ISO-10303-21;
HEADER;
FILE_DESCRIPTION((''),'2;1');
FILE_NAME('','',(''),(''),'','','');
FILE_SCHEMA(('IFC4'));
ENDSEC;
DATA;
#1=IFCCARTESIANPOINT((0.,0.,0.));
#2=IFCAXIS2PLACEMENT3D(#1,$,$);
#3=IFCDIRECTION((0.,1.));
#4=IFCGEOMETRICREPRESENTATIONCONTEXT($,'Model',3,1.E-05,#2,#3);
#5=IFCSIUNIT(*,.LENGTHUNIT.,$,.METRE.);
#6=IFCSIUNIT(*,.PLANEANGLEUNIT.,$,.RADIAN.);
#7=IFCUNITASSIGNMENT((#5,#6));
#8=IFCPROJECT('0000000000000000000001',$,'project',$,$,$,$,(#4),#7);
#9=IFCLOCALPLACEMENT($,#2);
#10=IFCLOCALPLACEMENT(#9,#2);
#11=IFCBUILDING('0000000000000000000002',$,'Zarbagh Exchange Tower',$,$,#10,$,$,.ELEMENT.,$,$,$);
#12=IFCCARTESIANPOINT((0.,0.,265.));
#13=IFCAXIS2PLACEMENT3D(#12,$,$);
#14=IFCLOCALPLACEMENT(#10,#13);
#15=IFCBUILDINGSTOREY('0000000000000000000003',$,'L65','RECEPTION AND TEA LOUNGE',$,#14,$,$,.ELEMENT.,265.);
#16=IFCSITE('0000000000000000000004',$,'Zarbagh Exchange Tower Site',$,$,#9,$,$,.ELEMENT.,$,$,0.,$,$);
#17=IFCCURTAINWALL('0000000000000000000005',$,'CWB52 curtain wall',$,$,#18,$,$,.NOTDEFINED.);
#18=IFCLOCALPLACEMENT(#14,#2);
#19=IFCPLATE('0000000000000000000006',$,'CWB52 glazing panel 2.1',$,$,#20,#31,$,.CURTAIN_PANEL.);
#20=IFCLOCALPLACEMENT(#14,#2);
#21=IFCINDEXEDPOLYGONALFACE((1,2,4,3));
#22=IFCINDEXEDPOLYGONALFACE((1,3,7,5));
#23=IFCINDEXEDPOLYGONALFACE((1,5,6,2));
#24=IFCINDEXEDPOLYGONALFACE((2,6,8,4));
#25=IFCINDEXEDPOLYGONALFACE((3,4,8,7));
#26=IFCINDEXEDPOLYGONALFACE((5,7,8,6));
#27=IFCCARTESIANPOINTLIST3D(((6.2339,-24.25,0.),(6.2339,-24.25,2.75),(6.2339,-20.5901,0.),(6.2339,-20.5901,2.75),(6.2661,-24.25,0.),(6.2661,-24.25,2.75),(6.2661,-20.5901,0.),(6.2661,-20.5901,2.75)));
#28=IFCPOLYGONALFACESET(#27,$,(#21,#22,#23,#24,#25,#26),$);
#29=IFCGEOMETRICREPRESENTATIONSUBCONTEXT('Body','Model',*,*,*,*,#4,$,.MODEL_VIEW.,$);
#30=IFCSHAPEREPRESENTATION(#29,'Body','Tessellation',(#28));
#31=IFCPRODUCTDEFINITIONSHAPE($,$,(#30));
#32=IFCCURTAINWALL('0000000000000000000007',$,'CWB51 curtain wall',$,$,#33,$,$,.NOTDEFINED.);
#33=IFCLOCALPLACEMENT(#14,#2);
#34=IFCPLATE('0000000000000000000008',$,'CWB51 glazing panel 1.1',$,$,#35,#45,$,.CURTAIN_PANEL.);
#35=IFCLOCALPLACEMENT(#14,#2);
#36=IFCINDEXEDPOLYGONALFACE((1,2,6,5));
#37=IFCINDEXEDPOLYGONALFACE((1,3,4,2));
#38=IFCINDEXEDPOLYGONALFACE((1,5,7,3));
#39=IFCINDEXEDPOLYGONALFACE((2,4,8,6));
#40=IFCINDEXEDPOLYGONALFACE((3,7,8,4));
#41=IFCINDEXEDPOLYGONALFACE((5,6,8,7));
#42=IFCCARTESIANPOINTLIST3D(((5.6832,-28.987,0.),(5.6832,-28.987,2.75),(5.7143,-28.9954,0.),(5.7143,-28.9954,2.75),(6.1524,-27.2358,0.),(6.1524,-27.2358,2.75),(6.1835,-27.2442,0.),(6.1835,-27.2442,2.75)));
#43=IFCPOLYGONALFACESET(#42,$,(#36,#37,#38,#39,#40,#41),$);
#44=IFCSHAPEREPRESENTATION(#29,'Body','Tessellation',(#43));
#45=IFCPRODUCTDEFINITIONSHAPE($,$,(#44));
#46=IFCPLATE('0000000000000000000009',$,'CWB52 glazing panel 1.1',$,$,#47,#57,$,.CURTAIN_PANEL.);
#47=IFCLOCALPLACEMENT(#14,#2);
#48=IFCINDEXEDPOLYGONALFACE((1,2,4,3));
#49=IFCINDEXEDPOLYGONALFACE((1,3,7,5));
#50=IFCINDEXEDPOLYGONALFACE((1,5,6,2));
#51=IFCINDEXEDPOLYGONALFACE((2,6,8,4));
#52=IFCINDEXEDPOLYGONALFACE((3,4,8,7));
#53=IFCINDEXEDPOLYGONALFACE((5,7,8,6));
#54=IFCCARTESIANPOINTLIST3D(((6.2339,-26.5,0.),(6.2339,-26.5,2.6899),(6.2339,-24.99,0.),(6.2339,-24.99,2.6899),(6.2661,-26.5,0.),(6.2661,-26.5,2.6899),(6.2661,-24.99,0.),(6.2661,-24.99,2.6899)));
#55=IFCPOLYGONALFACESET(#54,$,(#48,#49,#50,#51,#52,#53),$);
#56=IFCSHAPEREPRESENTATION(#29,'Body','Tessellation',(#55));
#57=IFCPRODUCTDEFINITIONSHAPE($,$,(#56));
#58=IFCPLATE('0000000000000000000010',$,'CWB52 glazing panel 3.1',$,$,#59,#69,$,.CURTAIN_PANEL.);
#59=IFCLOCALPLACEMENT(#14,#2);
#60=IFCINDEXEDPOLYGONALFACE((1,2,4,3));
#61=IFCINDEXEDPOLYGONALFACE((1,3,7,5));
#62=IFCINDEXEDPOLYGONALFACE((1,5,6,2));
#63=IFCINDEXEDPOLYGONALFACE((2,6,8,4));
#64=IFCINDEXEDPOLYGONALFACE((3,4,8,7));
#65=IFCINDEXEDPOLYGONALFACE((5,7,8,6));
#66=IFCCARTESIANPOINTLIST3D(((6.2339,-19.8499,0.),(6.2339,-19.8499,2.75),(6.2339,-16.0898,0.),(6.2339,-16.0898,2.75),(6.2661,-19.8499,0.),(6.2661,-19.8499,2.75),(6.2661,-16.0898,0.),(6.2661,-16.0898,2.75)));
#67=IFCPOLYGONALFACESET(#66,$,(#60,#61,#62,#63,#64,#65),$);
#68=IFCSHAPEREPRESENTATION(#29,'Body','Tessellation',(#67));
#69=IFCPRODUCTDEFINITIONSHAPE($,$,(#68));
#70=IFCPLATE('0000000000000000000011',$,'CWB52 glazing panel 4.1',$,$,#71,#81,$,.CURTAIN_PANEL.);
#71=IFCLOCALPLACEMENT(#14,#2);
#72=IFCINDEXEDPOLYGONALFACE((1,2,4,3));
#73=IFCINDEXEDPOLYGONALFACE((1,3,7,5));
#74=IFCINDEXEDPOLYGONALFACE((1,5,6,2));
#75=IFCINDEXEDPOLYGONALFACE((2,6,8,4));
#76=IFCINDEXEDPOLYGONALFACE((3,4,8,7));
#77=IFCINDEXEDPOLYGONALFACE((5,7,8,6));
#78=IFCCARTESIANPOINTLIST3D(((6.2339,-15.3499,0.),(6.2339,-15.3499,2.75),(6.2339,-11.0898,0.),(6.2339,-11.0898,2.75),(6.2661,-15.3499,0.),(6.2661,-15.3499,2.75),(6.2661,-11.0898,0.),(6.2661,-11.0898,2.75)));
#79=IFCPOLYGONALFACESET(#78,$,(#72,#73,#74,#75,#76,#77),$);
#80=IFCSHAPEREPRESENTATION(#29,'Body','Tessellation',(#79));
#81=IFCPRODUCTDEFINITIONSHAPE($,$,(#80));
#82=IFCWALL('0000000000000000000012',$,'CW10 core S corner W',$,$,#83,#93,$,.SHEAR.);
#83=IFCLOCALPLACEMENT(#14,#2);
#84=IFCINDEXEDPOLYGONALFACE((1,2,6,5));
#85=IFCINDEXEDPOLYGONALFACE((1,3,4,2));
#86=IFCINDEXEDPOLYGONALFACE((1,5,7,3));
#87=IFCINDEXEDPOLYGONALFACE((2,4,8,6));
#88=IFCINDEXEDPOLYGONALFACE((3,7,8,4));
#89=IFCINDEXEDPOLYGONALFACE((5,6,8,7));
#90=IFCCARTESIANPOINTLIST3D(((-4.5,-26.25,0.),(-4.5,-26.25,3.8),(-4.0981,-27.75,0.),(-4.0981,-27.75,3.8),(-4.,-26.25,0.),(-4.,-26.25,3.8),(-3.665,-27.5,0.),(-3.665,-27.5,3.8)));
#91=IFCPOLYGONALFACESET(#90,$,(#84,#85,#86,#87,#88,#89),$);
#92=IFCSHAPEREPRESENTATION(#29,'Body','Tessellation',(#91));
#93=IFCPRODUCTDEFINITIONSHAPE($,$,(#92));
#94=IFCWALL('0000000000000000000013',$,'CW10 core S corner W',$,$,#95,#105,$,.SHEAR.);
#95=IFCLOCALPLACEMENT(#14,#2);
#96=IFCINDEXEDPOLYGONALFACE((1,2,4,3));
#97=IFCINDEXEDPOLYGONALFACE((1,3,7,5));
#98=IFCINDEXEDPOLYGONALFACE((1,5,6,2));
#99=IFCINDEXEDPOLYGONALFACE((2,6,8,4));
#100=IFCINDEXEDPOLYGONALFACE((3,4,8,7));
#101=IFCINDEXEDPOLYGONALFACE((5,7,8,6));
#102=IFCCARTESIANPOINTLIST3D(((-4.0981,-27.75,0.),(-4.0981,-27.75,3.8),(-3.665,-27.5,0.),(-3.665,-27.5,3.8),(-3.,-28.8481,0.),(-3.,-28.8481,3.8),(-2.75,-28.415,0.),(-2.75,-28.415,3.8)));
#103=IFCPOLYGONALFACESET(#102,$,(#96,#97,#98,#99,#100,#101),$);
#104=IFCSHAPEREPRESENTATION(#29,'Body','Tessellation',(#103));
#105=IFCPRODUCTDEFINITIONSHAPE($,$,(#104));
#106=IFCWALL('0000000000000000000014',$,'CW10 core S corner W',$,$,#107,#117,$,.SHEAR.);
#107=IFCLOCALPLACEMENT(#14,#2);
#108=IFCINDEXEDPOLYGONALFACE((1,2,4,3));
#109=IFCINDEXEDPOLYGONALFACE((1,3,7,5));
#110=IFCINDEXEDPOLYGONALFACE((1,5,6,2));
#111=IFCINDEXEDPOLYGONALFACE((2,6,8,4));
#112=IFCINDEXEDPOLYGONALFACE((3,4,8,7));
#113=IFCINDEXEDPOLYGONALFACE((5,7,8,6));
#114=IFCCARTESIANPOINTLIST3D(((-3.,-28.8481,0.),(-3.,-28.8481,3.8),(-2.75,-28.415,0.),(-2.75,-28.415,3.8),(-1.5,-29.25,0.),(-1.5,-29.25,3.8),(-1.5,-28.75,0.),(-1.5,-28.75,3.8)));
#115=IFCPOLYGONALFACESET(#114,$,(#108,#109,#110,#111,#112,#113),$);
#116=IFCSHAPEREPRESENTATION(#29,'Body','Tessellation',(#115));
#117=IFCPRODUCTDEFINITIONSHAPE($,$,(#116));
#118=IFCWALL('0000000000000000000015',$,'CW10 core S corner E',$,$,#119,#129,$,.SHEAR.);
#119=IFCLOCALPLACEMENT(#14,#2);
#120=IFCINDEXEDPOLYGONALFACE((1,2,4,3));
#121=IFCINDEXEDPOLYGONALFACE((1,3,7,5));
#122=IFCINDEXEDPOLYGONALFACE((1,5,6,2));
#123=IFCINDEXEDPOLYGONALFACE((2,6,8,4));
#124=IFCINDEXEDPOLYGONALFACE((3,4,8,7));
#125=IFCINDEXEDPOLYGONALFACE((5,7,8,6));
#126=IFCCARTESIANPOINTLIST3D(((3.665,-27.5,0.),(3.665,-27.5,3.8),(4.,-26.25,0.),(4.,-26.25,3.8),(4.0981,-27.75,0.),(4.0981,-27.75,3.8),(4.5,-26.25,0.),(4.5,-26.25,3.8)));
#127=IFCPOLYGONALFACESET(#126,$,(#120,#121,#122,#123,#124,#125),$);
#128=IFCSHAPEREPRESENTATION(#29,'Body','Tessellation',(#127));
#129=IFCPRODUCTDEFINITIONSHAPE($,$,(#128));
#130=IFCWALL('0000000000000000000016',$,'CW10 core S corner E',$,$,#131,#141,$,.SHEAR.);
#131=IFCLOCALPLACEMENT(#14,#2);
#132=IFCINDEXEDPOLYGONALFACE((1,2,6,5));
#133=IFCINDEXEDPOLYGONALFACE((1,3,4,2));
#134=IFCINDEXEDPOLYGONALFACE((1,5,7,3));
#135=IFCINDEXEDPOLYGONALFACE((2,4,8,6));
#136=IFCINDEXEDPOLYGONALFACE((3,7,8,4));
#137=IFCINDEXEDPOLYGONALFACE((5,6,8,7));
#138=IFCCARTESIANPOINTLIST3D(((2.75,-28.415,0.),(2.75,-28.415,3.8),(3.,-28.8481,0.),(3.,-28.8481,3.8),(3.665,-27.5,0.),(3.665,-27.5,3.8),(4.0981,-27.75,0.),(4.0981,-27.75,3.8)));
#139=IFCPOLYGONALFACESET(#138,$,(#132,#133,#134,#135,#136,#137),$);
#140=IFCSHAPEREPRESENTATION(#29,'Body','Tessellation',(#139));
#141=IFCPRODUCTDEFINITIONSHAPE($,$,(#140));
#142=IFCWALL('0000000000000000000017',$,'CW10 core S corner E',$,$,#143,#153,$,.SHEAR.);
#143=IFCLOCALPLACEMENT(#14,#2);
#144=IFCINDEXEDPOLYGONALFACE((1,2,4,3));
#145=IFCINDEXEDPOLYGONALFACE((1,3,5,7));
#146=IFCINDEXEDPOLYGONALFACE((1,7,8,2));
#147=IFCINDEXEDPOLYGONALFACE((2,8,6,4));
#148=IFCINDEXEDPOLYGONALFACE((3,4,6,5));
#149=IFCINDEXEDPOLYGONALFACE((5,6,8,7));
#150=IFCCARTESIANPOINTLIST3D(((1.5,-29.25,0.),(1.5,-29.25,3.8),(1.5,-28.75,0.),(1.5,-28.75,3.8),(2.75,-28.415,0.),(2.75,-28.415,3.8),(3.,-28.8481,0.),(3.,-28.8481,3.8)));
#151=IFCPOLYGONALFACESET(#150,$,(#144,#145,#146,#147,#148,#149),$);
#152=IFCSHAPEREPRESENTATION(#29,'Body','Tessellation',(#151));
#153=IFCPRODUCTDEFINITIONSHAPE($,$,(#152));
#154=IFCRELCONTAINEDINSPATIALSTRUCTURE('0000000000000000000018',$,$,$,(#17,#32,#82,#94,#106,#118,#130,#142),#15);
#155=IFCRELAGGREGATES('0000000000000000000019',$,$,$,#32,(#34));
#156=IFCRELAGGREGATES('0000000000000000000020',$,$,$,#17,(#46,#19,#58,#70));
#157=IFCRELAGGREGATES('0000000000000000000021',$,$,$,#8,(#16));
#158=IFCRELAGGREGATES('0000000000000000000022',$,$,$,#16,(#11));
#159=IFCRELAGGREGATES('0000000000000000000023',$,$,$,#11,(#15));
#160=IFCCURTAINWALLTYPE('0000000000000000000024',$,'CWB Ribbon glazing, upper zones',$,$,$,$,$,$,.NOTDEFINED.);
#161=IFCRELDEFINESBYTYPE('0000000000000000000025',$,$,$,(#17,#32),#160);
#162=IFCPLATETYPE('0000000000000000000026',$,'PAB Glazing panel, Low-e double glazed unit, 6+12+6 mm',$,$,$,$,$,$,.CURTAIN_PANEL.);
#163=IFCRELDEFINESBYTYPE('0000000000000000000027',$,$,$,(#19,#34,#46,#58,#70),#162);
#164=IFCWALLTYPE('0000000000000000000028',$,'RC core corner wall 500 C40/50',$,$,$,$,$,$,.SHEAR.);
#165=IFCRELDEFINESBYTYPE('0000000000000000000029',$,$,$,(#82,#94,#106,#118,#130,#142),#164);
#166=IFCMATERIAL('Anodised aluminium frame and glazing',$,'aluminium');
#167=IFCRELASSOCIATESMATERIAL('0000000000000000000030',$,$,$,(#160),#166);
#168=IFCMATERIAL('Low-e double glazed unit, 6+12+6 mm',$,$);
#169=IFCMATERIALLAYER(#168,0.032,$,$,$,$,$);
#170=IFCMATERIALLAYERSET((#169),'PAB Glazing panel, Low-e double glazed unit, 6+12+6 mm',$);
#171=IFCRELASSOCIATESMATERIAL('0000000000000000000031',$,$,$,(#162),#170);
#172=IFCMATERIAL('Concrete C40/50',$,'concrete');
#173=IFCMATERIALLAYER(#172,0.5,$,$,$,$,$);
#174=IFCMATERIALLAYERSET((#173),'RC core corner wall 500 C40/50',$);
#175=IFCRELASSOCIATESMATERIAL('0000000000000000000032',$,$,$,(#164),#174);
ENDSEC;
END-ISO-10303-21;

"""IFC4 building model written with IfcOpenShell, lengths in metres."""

from ifc_helpers import new_model, si_unit, direction, frame, origin, place, context, subcontext, project, spatial, polyline, outline, extrude, source, transform, mapped, material, layer, layer_set, type_object, element, aggregate, save


model = new_model("IFC4")

# Units and contexts
model_context = context("Model", 3, precision=1e-05, world=origin(), true_north=direction((0.0, 1.0)))
body_context = subcontext(model_context, "Body", "Model", "MODEL_VIEW")
ifc_project = project(units=[si_unit("LENGTHUNIT", "METRE"), si_unit("PLANEANGLEUNIT", "RADIAN")], contexts=[model_context])

# Site, building, storey
site_placement = place(None, origin())
site = spatial("IfcSite", under=ifc_project, at=site_placement, Name="Zarbagh Exchange Tower Site", CompositionType="ELEMENT", RefElevation=0.0)
building_placement = place(site_placement, origin())
building = spatial("IfcBuilding", under=site, at=building_placement, Name="Zarbagh Exchange Tower", CompositionType="ELEMENT")
storey_placement = place(building_placement, frame((0.0, 0.0, 265.0)))
storey = spatial("IfcBuildingStorey", under=building, at=storey_placement, Name="L65", Description="RECEPTION AND TEA LOUNGE", CompositionType="ELEMENT", Elevation=265.0)

# Shared definitions
ifc_material_1 = material(Name="Anodised aluminium frame and glazing", Category="aluminium")
curtain_wall_type = type_object("IfcCurtainWallType", Name="CWB Ribbon glazing, upper zones", PredefinedType="NOTDEFINED", material=ifc_material_1)
placement = place(storey_placement, origin())

# Curtain wall
curtain_wall_1_placement = place(storey_placement, origin())
curtain_wall_1 = element("IfcCurtainWall", 1, at=curtain_wall_1_placement, inside=storey, type_object=curtain_wall_type, Name="CWB52 curtain wall", PredefinedType="NOTDEFINED")

# Shared definitions
ifc_material_2 = material(Name="Concrete C40/50", Category="concrete")

# Shared definitions
ifc_material_3 = material(Name="Low-e double glazed unit, 6+12+6 mm")
ifc_layer_1 = layer(ifc_material_3, 0.032)
ifc_layer_set_1 = layer_set([ifc_layer_1], Name="PAB Glazing panel, Low-e double glazed unit, 6+12+6 mm")
plate_type = type_object("IfcPlateType", Name="PAB Glazing panel, Low-e double glazed unit, 6+12+6 mm", PredefinedType="CURTAIN_PANEL", material=ifc_layer_set_1)

# Plate
shared_shape_1 = source(origin(), body_context, "Body", "SweptSolid", [
    extrude(outline(polyline([(0.0, -0.0161), (3.6599, -0.0161), (3.6599, 0.0161), (0.0, 0.0161), (0.0, -0.0161)])), origin(), (0.0, 0.0, 1.0), 2.75),
])
plate_1 = element("IfcPlate", 2, at=placement, type_object=plate_type, Name="CWB52 glazing panel 2.1", PredefinedType="CURTAIN_PANEL", context=body_context, shape_type="MappedRepresentation", body=[
    mapped(shared_shape_1, transform((6.25, -24.25, 0.0), x_axis=(0.0, 1.0, 0.0), y_axis=(-1.0, 0.0, 0.0), z_axis=(0.0, 0.0, 1.0))),
])

# Curtain wall, plate
curtain_wall_2_placement = place(storey_placement, origin())
curtain_wall_2 = element("IfcCurtainWall", 3, at=curtain_wall_2_placement, inside=storey, type_object=curtain_wall_type, Name="CWB51 curtain wall", PredefinedType="NOTDEFINED")
shared_shape_2 = source(origin(), body_context, "Body", "SweptSolid", [
    extrude(outline(polyline([(0.0, -0.0161), (1.813, -0.0161), (1.813, 0.0161), (0.0, 0.0161), (0.0, -0.0161)])), origin(), (0.0, 0.0, 1.0), 2.75),
])
plate_2 = element("IfcPlate", 4, at=placement, type_object=plate_type, Name="CWB51 glazing panel 1.1", PredefinedType="CURTAIN_PANEL", context=body_context, shape_type="MappedRepresentation", body=[
    mapped(shared_shape_2, transform((5.6987, -28.9912, 0.0), x_axis=(0.258825, 0.965924, 0.0), y_axis=(-0.965924, 0.258825, 0.0), z_axis=(0.0, 0.0, 1.0))),
])
aggregate(curtain_wall_2, [plate_2])

# Plates
shared_shape_3 = source(origin(), body_context, "Body", "SweptSolid", [
    extrude(outline(polyline([(0.0, -0.0161), (1.51, -0.0161), (1.51, 0.0161), (0.0, 0.0161), (0.0, -0.0161)])), origin(), (0.0, 0.0, 1.0), 2.6899),
])
plate_3 = element("IfcPlate", 5, at=placement, type_object=plate_type, Name="CWB52 glazing panel 1.1", PredefinedType="CURTAIN_PANEL", context=body_context, shape_type="MappedRepresentation", body=[
    mapped(shared_shape_3, transform((6.25, -26.5, 0.0), x_axis=(0.0, 1.0, 0.0), y_axis=(-1.0, 0.0, 0.0), z_axis=(0.0, 0.0, 1.0))),
])
shared_shape_4 = source(origin(), body_context, "Body", "SweptSolid", [
    extrude(outline(polyline([(0.0, -0.0161), (3.76, -0.0161), (3.76, 0.0161), (0.0, 0.0161), (0.0, -0.0161)])), origin(), (0.0, 0.0, 1.0), 2.75),
])
plate_4 = element("IfcPlate", 6, at=placement, type_object=plate_type, Name="CWB52 glazing panel 3.1", PredefinedType="CURTAIN_PANEL", context=body_context, shape_type="MappedRepresentation", body=[
    mapped(shared_shape_4, transform((6.25, -19.8499, 0.0), x_axis=(0.0, 1.0, 0.0), y_axis=(-1.0, 0.0, 0.0), z_axis=(0.0, 0.0, 1.0))),
])
shared_shape_5 = source(origin(), body_context, "Body", "SweptSolid", [
    extrude(outline(polyline([(0.0, -0.0161), (4.26, -0.0161), (4.26, 0.0161), (0.0, 0.0161), (0.0, -0.0161)])), origin(), (0.0, 0.0, 1.0), 2.75),
])
plate_5 = element("IfcPlate", 7, at=placement, type_object=plate_type, Name="CWB52 glazing panel 4.1", PredefinedType="CURTAIN_PANEL", context=body_context, shape_type="MappedRepresentation", body=[
    mapped(shared_shape_5, transform((6.25, -15.3499, 0.0), x_axis=(0.0, 1.0, 0.0), y_axis=(-1.0, 0.0, 0.0), z_axis=(0.0, 0.0, 1.0))),
])
aggregate(curtain_wall_1, [plate_3, plate_1, plate_4, plate_5])

# Walls
ifc_layer_2 = layer(ifc_material_2, 0.5)
ifc_layer_set_2 = layer_set([ifc_layer_2], Name="RC core corner wall 500 C40/50")
wall_type = type_object("IfcWallType", Name="RC core corner wall 500 C40/50", PredefinedType="SHEAR", material=ifc_layer_set_2)
wall_1_placement = place(storey_placement, origin())
element("IfcWall", 8, at=wall_1_placement, inside=storey, type_object=wall_type, Name="CW10 core S corner W", PredefinedType="SHEAR", context=body_context, shape_type="SweptSolid", body=[
    extrude(outline(polyline([(-4.5, -26.25), (-4.0981, -27.75), (-3.665, -27.5), (-4.0, -26.25), (-4.5, -26.25)])), origin(), (0.0, 0.0, 1.0), 3.8),
])
wall_2_placement = place(storey_placement, origin())
element("IfcWall", 9, at=wall_2_placement, inside=storey, type_object=wall_type, Name="CW10 core S corner W", PredefinedType="SHEAR", context=body_context, shape_type="SweptSolid", body=[
    extrude(outline(polyline([(-4.0981, -27.75), (-3.0, -28.8481), (-2.75, -28.415), (-3.665, -27.5), (-4.0981, -27.75)])), origin(), (0.0, 0.0, 1.0), 3.8),
])
wall_3_placement = place(storey_placement, origin())
element("IfcWall", 10, at=wall_3_placement, inside=storey, type_object=wall_type, Name="CW10 core S corner W", PredefinedType="SHEAR", context=body_context, shape_type="SweptSolid", body=[
    extrude(outline(polyline([(-3.0, -28.8481), (-1.5, -29.25), (-1.5, -28.75), (-2.75, -28.415), (-3.0, -28.8481)])), origin(), (0.0, 0.0, 1.0), 3.8),
])
wall_4_placement = place(storey_placement, origin())
element("IfcWall", 11, at=wall_4_placement, inside=storey, type_object=wall_type, Name="CW10 core S corner E", PredefinedType="SHEAR", context=body_context, shape_type="SweptSolid", body=[
    extrude(outline(polyline([(4.5, -26.25), (4.0981, -27.75), (3.665, -27.5), (4.0, -26.25), (4.5, -26.25)])), origin(), (0.0, 0.0, 1.0), 3.8),
])
wall_5_placement = place(storey_placement, origin())
element("IfcWall", 12, at=wall_5_placement, inside=storey, type_object=wall_type, Name="CW10 core S corner E", PredefinedType="SHEAR", context=body_context, shape_type="SweptSolid", body=[
    extrude(outline(polyline([(4.0981, -27.75), (3.0, -28.8481), (2.75, -28.415), (3.665, -27.5), (4.0981, -27.75)])), origin(), (0.0, 0.0, 1.0), 3.8),
])
wall_6_placement = place(storey_placement, origin())
element("IfcWall", 13, at=wall_6_placement, inside=storey, type_object=wall_type, Name="CW10 core S corner E", PredefinedType="SHEAR", context=body_context, shape_type="SweptSolid", body=[
    extrude(outline(polyline([(3.0, -28.8481), (1.5, -29.25), (1.5, -28.75), (2.75, -28.415), (3.0, -28.8481)])), origin(), (0.0, 0.0, 1.0), 3.8),
])

save(model, "model.ifc")
